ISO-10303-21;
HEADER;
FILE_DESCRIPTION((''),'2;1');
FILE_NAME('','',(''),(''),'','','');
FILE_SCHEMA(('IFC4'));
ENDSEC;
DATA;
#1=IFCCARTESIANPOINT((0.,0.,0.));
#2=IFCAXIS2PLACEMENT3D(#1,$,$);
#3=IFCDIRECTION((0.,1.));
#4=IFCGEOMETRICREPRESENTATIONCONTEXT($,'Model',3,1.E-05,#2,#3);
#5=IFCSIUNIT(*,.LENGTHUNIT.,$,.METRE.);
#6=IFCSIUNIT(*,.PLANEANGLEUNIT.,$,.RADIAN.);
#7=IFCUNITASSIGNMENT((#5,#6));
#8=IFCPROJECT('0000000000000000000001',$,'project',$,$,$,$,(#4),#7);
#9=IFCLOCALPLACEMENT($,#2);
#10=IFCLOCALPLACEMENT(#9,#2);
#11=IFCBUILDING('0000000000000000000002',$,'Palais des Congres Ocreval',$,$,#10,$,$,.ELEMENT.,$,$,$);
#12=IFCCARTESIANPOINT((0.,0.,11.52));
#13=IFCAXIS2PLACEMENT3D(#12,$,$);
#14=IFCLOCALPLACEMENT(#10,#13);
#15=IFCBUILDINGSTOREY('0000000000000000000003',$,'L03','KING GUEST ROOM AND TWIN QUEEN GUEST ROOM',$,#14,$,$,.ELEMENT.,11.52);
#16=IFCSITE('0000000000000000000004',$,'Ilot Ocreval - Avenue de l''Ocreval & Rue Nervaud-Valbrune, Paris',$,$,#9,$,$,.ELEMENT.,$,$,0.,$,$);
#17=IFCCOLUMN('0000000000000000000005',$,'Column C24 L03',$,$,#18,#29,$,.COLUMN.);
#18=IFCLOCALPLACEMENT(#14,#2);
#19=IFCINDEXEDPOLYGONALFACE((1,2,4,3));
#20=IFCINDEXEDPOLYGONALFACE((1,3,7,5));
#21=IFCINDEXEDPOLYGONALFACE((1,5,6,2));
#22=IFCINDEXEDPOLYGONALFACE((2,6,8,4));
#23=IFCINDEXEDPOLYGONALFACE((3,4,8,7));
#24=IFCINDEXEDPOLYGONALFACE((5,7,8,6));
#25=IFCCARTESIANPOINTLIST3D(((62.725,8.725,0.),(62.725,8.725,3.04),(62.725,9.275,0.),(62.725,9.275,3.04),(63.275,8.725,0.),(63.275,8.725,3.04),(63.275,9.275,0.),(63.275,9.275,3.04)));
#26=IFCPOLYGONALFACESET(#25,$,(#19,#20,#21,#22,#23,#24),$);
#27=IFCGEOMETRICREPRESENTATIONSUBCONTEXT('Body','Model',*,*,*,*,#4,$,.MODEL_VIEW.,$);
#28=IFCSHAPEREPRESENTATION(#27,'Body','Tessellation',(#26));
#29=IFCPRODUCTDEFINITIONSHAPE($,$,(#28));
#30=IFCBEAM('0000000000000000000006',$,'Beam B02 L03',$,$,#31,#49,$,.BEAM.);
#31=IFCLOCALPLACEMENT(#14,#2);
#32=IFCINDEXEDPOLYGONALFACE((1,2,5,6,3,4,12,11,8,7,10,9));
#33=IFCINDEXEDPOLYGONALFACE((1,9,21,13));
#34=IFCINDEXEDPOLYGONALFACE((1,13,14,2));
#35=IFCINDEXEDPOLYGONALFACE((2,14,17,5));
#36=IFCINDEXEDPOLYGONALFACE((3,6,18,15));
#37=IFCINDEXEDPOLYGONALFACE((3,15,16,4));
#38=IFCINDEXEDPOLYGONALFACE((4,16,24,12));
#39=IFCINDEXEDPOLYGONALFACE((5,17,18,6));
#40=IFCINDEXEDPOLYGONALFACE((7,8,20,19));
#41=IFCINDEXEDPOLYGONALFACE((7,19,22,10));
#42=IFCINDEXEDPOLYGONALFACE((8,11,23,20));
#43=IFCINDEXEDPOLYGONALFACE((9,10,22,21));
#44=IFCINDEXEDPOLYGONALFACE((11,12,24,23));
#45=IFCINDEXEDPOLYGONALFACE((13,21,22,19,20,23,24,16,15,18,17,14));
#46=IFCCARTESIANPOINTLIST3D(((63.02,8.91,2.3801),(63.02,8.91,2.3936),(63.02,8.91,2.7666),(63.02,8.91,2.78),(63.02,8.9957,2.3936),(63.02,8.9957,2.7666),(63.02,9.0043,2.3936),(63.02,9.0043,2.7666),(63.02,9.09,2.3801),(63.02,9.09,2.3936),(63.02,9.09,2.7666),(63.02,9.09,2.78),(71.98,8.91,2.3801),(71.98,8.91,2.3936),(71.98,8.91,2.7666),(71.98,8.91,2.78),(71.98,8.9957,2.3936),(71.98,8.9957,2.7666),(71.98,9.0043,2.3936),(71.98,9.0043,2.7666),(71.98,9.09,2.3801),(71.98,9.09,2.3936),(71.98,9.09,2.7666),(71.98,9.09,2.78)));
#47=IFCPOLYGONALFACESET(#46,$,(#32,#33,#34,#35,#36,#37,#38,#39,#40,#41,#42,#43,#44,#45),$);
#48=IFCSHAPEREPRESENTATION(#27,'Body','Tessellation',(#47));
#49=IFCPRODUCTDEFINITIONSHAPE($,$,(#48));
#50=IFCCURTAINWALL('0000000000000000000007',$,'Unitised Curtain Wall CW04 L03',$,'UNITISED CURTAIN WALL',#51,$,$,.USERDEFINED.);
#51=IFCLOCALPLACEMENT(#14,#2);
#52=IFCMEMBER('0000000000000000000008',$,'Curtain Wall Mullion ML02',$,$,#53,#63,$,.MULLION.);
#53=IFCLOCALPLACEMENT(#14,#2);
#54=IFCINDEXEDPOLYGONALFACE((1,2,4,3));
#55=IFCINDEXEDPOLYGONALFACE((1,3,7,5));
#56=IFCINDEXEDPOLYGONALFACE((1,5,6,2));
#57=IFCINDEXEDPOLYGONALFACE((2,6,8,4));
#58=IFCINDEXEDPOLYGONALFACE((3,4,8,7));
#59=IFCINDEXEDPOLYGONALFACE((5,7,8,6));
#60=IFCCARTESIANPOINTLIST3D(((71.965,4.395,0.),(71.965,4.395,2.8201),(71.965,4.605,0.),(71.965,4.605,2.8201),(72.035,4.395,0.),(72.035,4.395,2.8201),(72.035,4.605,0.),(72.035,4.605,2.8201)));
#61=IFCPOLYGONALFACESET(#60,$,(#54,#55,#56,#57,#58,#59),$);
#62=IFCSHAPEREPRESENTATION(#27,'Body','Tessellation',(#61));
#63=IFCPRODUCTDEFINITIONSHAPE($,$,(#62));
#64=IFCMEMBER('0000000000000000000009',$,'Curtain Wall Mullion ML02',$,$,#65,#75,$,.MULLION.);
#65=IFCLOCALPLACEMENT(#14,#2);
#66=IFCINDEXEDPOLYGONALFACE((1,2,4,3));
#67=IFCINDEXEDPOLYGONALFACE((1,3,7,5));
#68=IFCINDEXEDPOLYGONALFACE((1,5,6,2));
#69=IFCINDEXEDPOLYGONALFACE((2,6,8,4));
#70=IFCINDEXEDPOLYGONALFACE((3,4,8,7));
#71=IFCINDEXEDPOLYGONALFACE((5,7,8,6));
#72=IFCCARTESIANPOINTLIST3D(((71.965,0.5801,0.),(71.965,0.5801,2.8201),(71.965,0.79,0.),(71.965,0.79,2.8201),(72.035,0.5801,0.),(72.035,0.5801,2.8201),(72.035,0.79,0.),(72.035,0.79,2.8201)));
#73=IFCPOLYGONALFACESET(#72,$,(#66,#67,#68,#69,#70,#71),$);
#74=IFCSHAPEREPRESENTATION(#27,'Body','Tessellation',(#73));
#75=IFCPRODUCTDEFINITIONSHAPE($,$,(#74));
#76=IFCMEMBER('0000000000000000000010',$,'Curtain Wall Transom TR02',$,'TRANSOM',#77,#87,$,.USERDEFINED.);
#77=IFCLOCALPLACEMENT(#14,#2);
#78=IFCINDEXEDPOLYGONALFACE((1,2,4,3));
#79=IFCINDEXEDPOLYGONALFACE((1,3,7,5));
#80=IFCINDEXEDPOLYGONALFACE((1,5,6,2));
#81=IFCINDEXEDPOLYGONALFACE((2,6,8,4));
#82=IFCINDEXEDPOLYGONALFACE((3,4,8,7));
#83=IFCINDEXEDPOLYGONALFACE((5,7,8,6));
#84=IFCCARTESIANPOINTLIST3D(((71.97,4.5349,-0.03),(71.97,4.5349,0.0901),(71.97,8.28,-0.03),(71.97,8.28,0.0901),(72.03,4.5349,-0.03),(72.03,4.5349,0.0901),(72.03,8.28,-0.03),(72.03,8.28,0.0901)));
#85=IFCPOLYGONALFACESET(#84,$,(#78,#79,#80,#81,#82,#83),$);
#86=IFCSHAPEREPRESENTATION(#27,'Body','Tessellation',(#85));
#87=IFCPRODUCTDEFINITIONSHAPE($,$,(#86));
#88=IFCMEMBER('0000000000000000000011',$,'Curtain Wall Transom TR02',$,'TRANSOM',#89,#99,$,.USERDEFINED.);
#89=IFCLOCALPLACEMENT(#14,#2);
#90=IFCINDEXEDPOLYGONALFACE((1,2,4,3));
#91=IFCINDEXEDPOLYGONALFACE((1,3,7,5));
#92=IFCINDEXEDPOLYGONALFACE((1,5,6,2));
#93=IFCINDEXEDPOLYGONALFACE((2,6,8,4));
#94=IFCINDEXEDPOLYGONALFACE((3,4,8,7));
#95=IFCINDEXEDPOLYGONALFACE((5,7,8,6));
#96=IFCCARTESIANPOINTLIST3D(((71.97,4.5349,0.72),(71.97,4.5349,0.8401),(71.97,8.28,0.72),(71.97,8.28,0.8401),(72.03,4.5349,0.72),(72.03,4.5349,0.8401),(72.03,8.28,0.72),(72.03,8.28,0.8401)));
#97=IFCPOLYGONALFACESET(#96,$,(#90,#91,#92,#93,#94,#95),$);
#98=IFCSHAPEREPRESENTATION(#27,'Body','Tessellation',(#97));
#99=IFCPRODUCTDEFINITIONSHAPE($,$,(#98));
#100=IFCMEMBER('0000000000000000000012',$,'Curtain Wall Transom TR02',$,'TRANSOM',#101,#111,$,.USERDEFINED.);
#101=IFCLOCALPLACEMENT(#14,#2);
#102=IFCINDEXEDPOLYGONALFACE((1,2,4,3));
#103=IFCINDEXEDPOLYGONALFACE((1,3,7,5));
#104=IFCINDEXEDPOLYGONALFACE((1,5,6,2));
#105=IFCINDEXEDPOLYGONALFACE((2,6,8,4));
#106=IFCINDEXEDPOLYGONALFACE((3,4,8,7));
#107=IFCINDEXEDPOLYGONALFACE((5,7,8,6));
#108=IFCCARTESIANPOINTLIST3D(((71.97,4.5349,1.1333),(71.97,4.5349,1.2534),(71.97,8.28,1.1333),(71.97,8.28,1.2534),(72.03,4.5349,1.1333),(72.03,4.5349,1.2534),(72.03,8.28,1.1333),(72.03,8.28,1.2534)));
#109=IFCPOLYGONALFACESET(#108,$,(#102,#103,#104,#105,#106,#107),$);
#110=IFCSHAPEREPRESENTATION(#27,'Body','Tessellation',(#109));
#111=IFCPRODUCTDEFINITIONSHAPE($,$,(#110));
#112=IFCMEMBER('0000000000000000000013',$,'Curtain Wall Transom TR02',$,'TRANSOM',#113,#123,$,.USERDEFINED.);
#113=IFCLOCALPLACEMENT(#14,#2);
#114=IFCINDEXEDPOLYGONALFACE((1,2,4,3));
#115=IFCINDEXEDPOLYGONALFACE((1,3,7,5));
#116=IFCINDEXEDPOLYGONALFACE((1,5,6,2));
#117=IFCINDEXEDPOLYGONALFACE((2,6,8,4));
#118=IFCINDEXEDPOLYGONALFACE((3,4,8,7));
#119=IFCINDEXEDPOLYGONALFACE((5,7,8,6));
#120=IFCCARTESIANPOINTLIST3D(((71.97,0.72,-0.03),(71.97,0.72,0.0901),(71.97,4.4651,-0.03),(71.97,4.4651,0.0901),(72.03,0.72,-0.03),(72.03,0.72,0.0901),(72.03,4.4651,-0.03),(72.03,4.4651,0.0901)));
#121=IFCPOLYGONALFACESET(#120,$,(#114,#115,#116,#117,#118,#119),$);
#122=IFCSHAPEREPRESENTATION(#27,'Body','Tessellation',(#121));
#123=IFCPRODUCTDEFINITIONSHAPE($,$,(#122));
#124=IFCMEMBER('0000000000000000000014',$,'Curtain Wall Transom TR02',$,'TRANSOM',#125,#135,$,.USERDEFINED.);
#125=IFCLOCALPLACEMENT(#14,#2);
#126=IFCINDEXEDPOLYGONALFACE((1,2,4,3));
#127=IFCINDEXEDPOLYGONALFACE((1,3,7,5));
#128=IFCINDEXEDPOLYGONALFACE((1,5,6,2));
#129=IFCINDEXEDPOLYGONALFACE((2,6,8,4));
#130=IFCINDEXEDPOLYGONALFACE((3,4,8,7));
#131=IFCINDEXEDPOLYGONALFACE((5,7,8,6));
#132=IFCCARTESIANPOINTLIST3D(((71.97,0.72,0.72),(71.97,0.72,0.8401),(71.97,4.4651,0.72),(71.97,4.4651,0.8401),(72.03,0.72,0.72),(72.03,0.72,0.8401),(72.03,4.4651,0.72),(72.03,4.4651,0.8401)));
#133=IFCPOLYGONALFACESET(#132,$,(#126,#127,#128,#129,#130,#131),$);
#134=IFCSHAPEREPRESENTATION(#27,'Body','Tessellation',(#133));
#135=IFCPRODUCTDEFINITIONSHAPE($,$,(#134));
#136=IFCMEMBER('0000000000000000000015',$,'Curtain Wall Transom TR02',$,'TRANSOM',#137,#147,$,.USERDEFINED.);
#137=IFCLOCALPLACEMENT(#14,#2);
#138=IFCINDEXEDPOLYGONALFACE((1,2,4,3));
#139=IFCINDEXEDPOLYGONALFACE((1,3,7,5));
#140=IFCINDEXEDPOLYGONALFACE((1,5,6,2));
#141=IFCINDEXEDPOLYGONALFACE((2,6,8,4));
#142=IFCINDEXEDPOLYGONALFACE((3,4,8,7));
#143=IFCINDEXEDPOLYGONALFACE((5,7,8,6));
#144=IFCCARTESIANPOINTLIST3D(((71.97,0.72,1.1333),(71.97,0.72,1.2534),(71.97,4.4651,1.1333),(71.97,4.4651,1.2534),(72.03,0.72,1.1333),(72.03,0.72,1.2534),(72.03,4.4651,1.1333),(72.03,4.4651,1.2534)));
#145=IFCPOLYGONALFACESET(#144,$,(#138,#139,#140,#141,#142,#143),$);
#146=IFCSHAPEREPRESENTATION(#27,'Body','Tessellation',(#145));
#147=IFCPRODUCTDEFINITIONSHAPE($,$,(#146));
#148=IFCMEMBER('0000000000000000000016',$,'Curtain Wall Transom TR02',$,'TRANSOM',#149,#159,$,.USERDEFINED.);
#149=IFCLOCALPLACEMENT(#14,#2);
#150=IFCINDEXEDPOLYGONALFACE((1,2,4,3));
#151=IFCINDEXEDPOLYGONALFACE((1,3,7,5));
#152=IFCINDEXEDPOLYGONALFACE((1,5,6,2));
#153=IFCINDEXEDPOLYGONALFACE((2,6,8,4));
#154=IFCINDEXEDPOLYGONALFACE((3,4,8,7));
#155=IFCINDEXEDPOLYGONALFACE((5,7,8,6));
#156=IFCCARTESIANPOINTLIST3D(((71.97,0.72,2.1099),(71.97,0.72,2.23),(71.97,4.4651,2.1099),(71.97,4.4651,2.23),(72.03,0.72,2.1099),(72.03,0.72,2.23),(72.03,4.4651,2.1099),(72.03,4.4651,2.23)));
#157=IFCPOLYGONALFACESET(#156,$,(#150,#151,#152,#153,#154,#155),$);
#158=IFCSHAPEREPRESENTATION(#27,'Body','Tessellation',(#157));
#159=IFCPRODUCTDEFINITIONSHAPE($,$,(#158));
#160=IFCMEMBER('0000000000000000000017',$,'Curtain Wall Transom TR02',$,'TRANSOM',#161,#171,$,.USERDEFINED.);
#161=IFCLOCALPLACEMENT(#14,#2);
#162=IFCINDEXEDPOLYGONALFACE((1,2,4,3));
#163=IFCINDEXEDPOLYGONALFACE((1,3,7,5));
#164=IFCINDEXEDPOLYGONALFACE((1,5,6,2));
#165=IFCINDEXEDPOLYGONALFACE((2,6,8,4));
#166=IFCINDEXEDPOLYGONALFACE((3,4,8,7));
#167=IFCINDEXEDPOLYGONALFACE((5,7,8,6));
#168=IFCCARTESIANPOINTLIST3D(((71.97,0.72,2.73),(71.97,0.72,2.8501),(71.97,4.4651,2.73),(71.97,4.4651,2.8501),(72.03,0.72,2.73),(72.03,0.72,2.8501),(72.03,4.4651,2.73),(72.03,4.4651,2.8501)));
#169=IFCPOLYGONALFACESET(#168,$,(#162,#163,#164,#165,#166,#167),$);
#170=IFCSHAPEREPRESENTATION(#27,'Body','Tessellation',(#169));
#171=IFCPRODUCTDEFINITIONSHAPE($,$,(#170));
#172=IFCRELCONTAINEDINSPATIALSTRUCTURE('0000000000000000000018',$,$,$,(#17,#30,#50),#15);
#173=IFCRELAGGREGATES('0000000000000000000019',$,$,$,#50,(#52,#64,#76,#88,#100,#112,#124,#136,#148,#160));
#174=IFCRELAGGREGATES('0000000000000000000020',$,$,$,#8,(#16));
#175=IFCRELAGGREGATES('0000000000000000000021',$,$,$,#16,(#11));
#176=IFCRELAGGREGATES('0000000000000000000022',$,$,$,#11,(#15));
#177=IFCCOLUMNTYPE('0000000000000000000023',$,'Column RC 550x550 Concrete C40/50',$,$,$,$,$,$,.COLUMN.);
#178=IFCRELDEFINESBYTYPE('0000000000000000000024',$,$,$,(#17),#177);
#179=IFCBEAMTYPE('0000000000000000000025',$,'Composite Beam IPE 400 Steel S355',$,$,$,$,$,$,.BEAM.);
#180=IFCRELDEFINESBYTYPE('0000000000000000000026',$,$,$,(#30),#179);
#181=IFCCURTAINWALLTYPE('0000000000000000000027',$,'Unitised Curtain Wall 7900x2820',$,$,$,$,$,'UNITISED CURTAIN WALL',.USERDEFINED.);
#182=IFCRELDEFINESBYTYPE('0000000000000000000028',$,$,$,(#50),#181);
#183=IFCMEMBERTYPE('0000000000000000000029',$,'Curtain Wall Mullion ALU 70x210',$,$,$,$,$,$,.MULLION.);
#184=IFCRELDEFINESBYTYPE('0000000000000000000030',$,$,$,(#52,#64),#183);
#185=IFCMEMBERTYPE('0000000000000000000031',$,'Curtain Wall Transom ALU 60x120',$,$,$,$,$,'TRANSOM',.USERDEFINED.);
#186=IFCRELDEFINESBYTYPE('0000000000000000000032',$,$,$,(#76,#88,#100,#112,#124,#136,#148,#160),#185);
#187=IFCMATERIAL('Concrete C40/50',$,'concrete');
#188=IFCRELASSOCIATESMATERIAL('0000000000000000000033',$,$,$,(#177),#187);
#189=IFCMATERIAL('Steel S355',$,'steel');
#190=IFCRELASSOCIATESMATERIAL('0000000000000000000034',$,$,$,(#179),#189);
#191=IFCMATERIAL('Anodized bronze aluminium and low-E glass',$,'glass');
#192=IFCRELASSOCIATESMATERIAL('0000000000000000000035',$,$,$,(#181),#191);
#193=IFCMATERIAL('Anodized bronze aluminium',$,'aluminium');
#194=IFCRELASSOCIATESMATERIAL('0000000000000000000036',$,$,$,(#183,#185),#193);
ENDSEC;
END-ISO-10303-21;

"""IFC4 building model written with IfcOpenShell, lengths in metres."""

from ifc_helpers import new_model, si_unit, direction, frame, origin, origin_2d, place, context, subcontext, project, spatial, rectangle, i_section, extrude, material, material_profile, profile_set, type_object, element, aggregate, save


model = new_model("IFC4")

# Units and contexts
model_context = context("Model", 3, precision=1e-05, world=origin(), true_north=direction((0.0, 1.0)))
body_context = subcontext(model_context, "Body", "Model", "MODEL_VIEW")
ifc_project = project(units=[si_unit("LENGTHUNIT", "METRE"), si_unit("PLANEANGLEUNIT", "RADIAN")], contexts=[model_context])

# Site, building, storey
site_placement = place(None, origin())
site = spatial("IfcSite", under=ifc_project, at=site_placement, Name="Ilot Ocreval - Avenue de l'Ocreval & Rue Nervaud-Valbrune, Paris", CompositionType="ELEMENT", RefElevation=0.0)
building_placement = place(site_placement, origin())
building = spatial("IfcBuilding", under=site, at=building_placement, Name="Palais des Congres Ocreval", CompositionType="ELEMENT")
storey_placement = place(building_placement, frame((0.0, 0.0, 11.52)))
storey = spatial("IfcBuildingStorey", under=building, at=storey_placement, Name="L03", Description="KING GUEST ROOM AND TWIN QUEEN GUEST ROOM", CompositionType="ELEMENT", Elevation=11.52)

# Column
ifc_material_1 = material(Name="Concrete C40/50", Category="concrete")
ifc_material_profile_1 = material_profile(ifc_material_1, rectangle(XDim=0.55, YDim=0.55, at=origin_2d()), Name="RC 550x550")
ifc_profile_set_1 = profile_set([ifc_material_profile_1], Name="Concrete C40/50")
column_type = type_object("IfcColumnType", Name="Column RC 550x550 Concrete C40/50", PredefinedType="COLUMN", material=ifc_profile_set_1)
column_placement = place(storey_placement, frame((63.0, 9.0, 0.0), z_axis=(0.0, 0.0, 1.0), x_axis=(1.0, 0.0, 0.0)))
element("IfcColumn", 1, at=column_placement, inside=storey, type_object=column_type, Name="Column C24 L03", PredefinedType="COLUMN", context=body_context, shape_type="SweptSolid", body=[
    extrude(rectangle(XDim=0.55, YDim=0.55, at=origin_2d()), origin(), (0.0, 0.0, 1.0), 3.04),
])

# Beam
ifc_material_2 = material(Name="Steel S355", Category="steel")
ifc_material_profile_2 = material_profile(ifc_material_2, i_section(OverallWidth=0.1799, OverallDepth=0.3999, WebThickness=0.0085, FlangeThickness=0.0134, at=origin_2d()), Name="IPE 400")
ifc_profile_set_2 = profile_set([ifc_material_profile_2], Name="Steel S355")
beam_type_1 = type_object("IfcBeamType", Name="Composite Beam IPE 400 Steel S355", PredefinedType="BEAM", material=ifc_profile_set_2)
beam_1_placement = place(storey_placement, frame((63.02, 9.0, 2.5801), z_axis=(1.0, 0.0, 0.0), x_axis=(0.0, 1.0, 0.0)))
element("IfcBeam", 2, at=beam_1_placement, inside=storey, type_object=beam_type_1, Name="Beam B02 L03", PredefinedType="BEAM", context=body_context, shape_type="SweptSolid", body=[
    extrude(i_section(OverallWidth=0.1799, OverallDepth=0.3999, WebThickness=0.0085, FlangeThickness=0.0134, at=origin_2d()), origin(), (0.0, 0.0, 1.0), 8.96),
])

# Curtain wall, members
ifc_material_3 = material(Name="Anodized bronze aluminium and low-E glass", Category="glass")
curtain_wall_type = type_object("IfcCurtainWallType", Name="Unitised Curtain Wall 7900x2820", ElementType="UNITISED CURTAIN WALL", PredefinedType="USERDEFINED", material=ifc_material_3)
curtain_wall_placement = place(storey_placement, origin())
curtain_wall = element("IfcCurtainWall", 3, at=curtain_wall_placement, inside=storey, type_object=curtain_wall_type, Name="Unitised Curtain Wall CW04 L03", ObjectType="UNITISED CURTAIN WALL", PredefinedType="USERDEFINED")
ifc_material_4 = material(Name="Anodized bronze aluminium", Category="aluminium")
ifc_material_profile_3 = material_profile(ifc_material_4, rectangle(XDim=0.0701, YDim=0.21, at=origin_2d()), Name="ALU 70x210")
ifc_profile_set_3 = profile_set([ifc_material_profile_3], Name="Anodized bronze aluminium")
member_type_1 = type_object("IfcMemberType", Name="Curtain Wall Mullion ALU 70x210", PredefinedType="MULLION", material=ifc_profile_set_3)
member_1_placement = place(storey_placement, frame((72.0, 4.5, 0.0), z_axis=(0.0, 0.0, 1.0), x_axis=(1.0, 0.0, 0.0)))
member_1 = element("IfcMember", 4, at=member_1_placement, type_object=member_type_1, Name="Curtain Wall Mullion ML02", PredefinedType="MULLION", context=body_context, shape_type="SweptSolid", body=[
    extrude(rectangle(XDim=0.0701, YDim=0.21, at=origin_2d()), origin(), (0.0, 0.0, 1.0), 2.8201),
])
member_2_placement = place(storey_placement, frame((72.0, 0.6851, 0.0), z_axis=(0.0, 0.0, 1.0), x_axis=(1.0, 0.0, 0.0)))
member_2 = element("IfcMember", 5, at=member_2_placement, type_object=member_type_1, Name="Curtain Wall Mullion ML02", PredefinedType="MULLION", context=body_context, shape_type="SweptSolid", body=[
    extrude(rectangle(XDim=0.0701, YDim=0.21, at=origin_2d()), origin(), (0.0, 0.0, 1.0), 2.8201),
])
ifc_material_profile_4 = material_profile(ifc_material_4, rectangle(XDim=0.0601, YDim=0.1201, at=origin_2d()), Name="ALU 60x120")
ifc_profile_set_4 = profile_set([ifc_material_profile_4], Name="Anodized bronze aluminium")
member_type_2 = type_object("IfcMemberType", Name="Curtain Wall Transom ALU 60x120", ElementType="TRANSOM", PredefinedType="USERDEFINED", material=ifc_profile_set_4)
member_3_placement = place(storey_placement, frame((72.0, 8.28, 0.03), z_axis=(0.0, -1.0, 0.0), x_axis=(1.0, 0.0, 0.0)))
member_3 = element("IfcMember", 6, at=member_3_placement, type_object=member_type_2, Name="Curtain Wall Transom TR02", ObjectType="TRANSOM", PredefinedType="USERDEFINED", context=body_context, shape_type="SweptSolid", body=[
    extrude(rectangle(XDim=0.0601, YDim=0.1201, at=origin_2d()), origin(), (0.0, 0.0, 1.0), 3.7451),
])
member_4_placement = place(storey_placement, frame((72.0, 8.28, 0.78), z_axis=(0.0, -1.0, 0.0), x_axis=(1.0, 0.0, 0.0)))
member_4 = element("IfcMember", 7, at=member_4_placement, type_object=member_type_2, Name="Curtain Wall Transom TR02", ObjectType="TRANSOM", PredefinedType="USERDEFINED", context=body_context, shape_type="SweptSolid", body=[
    extrude(rectangle(XDim=0.0601, YDim=0.1201, at=origin_2d()), origin(), (0.0, 0.0, 1.0), 3.7451),
])
member_5_placement = place(storey_placement, frame((72.0, 8.28, 1.1934), z_axis=(0.0, -1.0, 0.0), x_axis=(1.0, 0.0, 0.0)))
member_5 = element("IfcMember", 8, at=member_5_placement, type_object=member_type_2, Name="Curtain Wall Transom TR02", ObjectType="TRANSOM", PredefinedType="USERDEFINED", context=body_context, shape_type="SweptSolid", body=[
    extrude(rectangle(XDim=0.0601, YDim=0.1201, at=origin_2d()), origin(), (0.0, 0.0, 1.0), 3.7451),
])
member_6_placement = place(storey_placement, frame((72.0, 4.4651, 0.03), z_axis=(0.0, -1.0, 0.0), x_axis=(1.0, 0.0, 0.0)))
member_6 = element("IfcMember", 9, at=member_6_placement, type_object=member_type_2, Name="Curtain Wall Transom TR02", ObjectType="TRANSOM", PredefinedType="USERDEFINED", context=body_context, shape_type="SweptSolid", body=[
    extrude(rectangle(XDim=0.0601, YDim=0.1201, at=origin_2d()), origin(), (0.0, 0.0, 1.0), 3.7451),
])
member_7_placement = place(storey_placement, frame((72.0, 4.4651, 0.78), z_axis=(0.0, -1.0, 0.0), x_axis=(1.0, 0.0, 0.0)))
member_7 = element("IfcMember", 10, at=member_7_placement, type_object=member_type_2, Name="Curtain Wall Transom TR02", ObjectType="TRANSOM", PredefinedType="USERDEFINED", context=body_context, shape_type="SweptSolid", body=[
    extrude(rectangle(XDim=0.0601, YDim=0.1201, at=origin_2d()), origin(), (0.0, 0.0, 1.0), 3.7451),
])
member_8_placement = place(storey_placement, frame((72.0, 4.4651, 1.1934), z_axis=(0.0, -1.0, 0.0), x_axis=(1.0, 0.0, 0.0)))
member_8 = element("IfcMember", 11, at=member_8_placement, type_object=member_type_2, Name="Curtain Wall Transom TR02", ObjectType="TRANSOM", PredefinedType="USERDEFINED", context=body_context, shape_type="SweptSolid", body=[
    extrude(rectangle(XDim=0.0601, YDim=0.1201, at=origin_2d()), origin(), (0.0, 0.0, 1.0), 3.7451),
])
member_9_placement = place(storey_placement, frame((72.0, 4.4651, 2.1699), z_axis=(0.0, -1.0, 0.0), x_axis=(1.0, 0.0, 0.0)))
member_9 = element("IfcMember", 12, at=member_9_placement, type_object=member_type_2, Name="Curtain Wall Transom TR02", ObjectType="TRANSOM", PredefinedType="USERDEFINED", context=body_context, shape_type="SweptSolid", body=[
    extrude(rectangle(XDim=0.0601, YDim=0.1201, at=origin_2d()), origin(), (0.0, 0.0, 1.0), 3.7451),
])
member_10_placement = place(storey_placement, frame((72.0, 4.4651, 2.79), z_axis=(0.0, -1.0, 0.0), x_axis=(1.0, 0.0, 0.0)))
member_10 = element("IfcMember", 13, at=member_10_placement, type_object=member_type_2, Name="Curtain Wall Transom TR02", ObjectType="TRANSOM", PredefinedType="USERDEFINED", context=body_context, shape_type="SweptSolid", body=[
    extrude(rectangle(XDim=0.0601, YDim=0.1201, at=origin_2d()), origin(), (0.0, 0.0, 1.0), 3.7451),
])

aggregate(curtain_wall, [member_1, member_2, member_3, member_4, member_5, member_6, member_7, member_8, member_9, member_10])

save(model, "model.ifc")
